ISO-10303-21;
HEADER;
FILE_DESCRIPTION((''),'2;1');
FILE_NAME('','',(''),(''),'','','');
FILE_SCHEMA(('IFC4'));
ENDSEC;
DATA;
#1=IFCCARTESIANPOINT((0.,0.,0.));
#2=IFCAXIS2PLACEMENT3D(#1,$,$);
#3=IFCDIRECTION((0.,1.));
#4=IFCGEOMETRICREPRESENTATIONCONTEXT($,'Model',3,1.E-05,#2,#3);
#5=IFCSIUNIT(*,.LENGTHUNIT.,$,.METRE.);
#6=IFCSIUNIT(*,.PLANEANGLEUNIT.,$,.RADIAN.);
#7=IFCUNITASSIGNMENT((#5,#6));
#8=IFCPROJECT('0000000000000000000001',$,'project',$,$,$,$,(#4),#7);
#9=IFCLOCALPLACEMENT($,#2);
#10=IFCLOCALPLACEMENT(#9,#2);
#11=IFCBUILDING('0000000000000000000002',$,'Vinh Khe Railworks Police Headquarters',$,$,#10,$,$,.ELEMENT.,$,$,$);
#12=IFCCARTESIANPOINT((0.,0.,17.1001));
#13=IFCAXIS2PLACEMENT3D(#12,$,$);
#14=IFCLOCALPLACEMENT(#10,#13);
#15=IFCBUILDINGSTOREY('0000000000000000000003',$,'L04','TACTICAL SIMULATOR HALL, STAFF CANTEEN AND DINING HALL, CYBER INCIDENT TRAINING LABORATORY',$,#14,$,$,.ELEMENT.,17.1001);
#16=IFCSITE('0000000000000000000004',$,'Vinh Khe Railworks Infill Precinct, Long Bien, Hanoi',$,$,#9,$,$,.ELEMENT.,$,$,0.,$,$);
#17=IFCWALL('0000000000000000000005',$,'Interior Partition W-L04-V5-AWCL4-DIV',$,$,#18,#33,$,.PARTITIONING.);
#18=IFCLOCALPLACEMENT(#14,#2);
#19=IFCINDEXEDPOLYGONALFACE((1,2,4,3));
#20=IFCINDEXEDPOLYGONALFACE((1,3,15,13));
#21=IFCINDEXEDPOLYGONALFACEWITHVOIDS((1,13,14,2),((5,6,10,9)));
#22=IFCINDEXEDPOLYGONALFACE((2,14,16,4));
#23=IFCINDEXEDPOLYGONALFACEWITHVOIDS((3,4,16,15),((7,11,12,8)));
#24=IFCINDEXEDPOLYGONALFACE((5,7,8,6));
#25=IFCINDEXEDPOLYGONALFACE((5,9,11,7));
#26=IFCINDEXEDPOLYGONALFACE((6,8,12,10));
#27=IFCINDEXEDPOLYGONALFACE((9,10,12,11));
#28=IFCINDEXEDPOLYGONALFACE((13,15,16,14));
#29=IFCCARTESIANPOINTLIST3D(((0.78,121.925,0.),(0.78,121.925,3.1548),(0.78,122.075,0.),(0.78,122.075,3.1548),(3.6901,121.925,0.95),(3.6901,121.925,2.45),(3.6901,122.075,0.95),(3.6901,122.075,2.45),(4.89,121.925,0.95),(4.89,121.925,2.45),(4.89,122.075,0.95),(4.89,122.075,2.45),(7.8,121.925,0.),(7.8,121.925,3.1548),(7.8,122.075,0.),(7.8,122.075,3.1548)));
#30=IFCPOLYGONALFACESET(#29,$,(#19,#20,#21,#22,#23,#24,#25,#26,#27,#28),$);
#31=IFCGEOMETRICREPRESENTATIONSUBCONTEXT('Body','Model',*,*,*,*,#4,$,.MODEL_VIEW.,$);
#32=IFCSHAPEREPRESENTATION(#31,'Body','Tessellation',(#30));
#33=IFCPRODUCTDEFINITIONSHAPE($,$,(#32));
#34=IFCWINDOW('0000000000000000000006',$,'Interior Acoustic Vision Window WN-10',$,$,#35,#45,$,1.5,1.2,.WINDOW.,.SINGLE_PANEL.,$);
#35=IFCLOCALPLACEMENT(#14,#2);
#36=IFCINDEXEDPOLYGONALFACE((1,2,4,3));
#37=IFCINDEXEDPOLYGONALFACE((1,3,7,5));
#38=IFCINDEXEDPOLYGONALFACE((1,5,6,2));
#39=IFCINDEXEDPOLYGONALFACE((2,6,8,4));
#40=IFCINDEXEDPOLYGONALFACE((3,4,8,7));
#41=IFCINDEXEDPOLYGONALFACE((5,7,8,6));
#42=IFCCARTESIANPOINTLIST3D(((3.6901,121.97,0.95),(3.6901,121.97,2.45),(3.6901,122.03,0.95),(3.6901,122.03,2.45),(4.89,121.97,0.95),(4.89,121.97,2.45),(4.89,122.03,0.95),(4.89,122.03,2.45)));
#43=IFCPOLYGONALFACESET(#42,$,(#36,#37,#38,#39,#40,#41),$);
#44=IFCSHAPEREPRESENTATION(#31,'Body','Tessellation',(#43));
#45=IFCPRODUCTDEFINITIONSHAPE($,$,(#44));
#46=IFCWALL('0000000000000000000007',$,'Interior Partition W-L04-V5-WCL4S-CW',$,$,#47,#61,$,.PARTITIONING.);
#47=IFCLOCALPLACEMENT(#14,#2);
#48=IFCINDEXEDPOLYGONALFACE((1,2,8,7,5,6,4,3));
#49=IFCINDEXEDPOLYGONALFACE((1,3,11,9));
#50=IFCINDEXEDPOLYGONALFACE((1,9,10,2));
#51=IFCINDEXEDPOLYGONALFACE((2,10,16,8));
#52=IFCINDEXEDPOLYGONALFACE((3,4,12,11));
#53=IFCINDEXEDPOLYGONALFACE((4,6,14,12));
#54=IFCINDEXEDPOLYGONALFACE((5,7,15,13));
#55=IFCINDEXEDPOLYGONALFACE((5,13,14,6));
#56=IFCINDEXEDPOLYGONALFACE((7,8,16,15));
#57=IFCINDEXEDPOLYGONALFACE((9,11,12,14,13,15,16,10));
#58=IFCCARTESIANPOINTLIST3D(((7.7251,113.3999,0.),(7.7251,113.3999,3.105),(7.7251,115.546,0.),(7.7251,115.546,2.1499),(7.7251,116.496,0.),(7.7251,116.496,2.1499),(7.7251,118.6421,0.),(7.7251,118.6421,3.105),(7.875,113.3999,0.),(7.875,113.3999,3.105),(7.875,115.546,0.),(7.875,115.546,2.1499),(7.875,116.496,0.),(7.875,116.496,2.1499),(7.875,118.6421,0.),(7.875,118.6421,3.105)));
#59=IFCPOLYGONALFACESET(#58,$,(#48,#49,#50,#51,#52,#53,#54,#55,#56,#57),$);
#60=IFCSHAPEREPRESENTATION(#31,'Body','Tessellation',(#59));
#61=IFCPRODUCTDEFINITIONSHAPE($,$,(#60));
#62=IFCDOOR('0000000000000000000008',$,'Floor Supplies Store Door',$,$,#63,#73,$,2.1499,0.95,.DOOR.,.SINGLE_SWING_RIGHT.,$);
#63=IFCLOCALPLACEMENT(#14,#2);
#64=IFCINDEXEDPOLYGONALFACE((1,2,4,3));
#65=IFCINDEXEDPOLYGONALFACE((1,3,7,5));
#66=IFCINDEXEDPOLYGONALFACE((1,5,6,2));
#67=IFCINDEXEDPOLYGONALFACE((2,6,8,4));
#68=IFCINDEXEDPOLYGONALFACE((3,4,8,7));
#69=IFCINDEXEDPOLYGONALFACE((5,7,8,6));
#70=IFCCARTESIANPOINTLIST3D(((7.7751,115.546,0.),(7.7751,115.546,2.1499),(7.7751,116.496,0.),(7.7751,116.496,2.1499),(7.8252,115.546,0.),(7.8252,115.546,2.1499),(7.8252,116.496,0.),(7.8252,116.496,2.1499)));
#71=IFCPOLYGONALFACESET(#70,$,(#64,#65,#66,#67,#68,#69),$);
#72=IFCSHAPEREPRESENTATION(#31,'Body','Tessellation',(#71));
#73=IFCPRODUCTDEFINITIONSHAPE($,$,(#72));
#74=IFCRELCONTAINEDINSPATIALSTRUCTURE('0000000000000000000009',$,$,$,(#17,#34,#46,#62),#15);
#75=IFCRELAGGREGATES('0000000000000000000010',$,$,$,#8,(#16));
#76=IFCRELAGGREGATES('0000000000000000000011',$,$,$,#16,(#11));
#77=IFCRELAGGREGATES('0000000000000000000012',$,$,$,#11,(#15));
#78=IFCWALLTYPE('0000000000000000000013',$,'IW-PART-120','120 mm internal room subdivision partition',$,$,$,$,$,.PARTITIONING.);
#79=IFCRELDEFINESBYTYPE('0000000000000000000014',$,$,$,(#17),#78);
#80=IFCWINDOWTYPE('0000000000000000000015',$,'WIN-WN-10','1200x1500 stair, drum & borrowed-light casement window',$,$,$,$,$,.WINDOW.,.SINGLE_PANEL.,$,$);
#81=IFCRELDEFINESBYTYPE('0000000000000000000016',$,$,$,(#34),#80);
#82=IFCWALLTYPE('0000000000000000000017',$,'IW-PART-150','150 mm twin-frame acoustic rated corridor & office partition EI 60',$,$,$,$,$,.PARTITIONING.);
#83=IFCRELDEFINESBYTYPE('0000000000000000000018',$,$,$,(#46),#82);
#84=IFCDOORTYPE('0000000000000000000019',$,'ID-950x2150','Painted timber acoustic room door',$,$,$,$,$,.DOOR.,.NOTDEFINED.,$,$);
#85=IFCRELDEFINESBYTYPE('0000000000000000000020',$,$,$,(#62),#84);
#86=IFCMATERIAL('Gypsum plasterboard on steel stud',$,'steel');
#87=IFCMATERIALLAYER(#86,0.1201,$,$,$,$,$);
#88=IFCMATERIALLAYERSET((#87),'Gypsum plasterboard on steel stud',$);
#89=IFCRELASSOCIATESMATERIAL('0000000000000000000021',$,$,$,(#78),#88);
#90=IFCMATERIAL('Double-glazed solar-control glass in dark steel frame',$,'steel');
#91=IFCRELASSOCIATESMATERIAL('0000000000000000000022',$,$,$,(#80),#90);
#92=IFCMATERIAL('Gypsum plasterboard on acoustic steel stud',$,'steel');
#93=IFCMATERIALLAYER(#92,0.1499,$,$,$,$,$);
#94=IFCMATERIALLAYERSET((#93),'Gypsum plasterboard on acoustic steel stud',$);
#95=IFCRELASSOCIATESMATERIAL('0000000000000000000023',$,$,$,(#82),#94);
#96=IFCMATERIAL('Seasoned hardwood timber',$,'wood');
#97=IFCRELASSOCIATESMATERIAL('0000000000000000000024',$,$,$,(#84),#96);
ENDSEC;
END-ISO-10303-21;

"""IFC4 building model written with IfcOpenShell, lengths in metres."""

from ifc_helpers import new_model, si_unit, direction, frame, frame_2d, origin, place, context, subcontext, project, spatial, rectangle, extrude, material, layer, layer_set, type_object, element, fill, save


model = new_model("IFC4")

# Units and contexts
model_context = context("Model", 3, precision=1e-05, world=origin(), true_north=direction((0.0, 1.0)))
body_context = subcontext(model_context, "Body", "Model", "MODEL_VIEW")
ifc_project = project(units=[si_unit("LENGTHUNIT", "METRE"), si_unit("PLANEANGLEUNIT", "RADIAN")], contexts=[model_context])

# Site, building, storey
site_placement = place(None, origin())
site = spatial("IfcSite", under=ifc_project, at=site_placement, Name="Vinh Khe Railworks Infill Precinct, Long Bien, Hanoi", CompositionType="ELEMENT", RefElevation=0.0)
building_placement = place(site_placement, origin())
building = spatial("IfcBuilding", under=site, at=building_placement, Name="Vinh Khe Railworks Police Headquarters", CompositionType="ELEMENT")
storey_placement = place(building_placement, frame((0.0, 0.0, 17.1001)))
storey = spatial("IfcBuildingStorey", under=building, at=storey_placement, Name="L04", Description="TACTICAL SIMULATOR HALL, STAFF CANTEEN AND DINING HALL, CYBER INCIDENT TRAINING LABORATORY", CompositionType="ELEMENT", Elevation=17.1001)

# Shared definitions
ifc_material_1 = material(Name="Double-glazed solar-control glass in dark steel frame", Category="steel")

# Wall, opening, window
ifc_material_2 = material(Name="Gypsum plasterboard on steel stud", Category="steel")
ifc_layer_1 = layer(ifc_material_2, 0.1201)
ifc_layer_set_1 = layer_set([ifc_layer_1], Name="Gypsum plasterboard on steel stud")
wall_type_1 = type_object("IfcWallType", Name="IW-PART-120", Description="120 mm internal room subdivision partition", PredefinedType="PARTITIONING", material=ifc_layer_set_1)
window_type_1 = type_object("IfcWindowType", Name="WIN-WN-10", Description="1200x1500 stair, drum & borrowed-light casement window", PartitioningType="SINGLE_PANEL", PredefinedType="WINDOW", material=ifc_material_1)
wall_1_placement = place(storey_placement, frame((0.78, 122.0, 0.0), z_axis=(0.0, 0.0, 1.0), x_axis=(1.0, 0.0, 0.0)))
wall_1 = element("IfcWall", 1, at=wall_1_placement, inside=storey, type_object=wall_type_1, Name="Interior Partition W-L04-V5-AWCL4-DIV", PredefinedType="PARTITIONING", context=body_context, shape_type="SweptSolid", body=[
    extrude(rectangle(XDim=7.02, YDim=0.1499, at=frame_2d((3.51, 0.0))), origin(), (0.0, 0.0, 1.0), 3.1548),
])
opening_1_placement = place(wall_1_placement, frame((2.9099, 0.0, 0.95)))
opening_1 = element("IfcOpeningElement", 2, at=opening_1_placement, cuts=wall_1, PredefinedType="OPENING", context=body_context, shape_type="SweptSolid", body=[
    extrude(rectangle(XDim=1.2, YDim=1.5, at=frame_2d((0.6001, 0.75))), frame((0.0, 0.0898, 0.0), z_axis=(0.0, -1.0, 0.0), x_axis=(1.0, 0.0, 0.0)), (0.0, 0.0, 1.0), 0.1797),
])
window_1_placement = place(opening_1_placement, origin())
window_1 = element("IfcWindow", 3, at=window_1_placement, inside=storey, type_object=window_type_1, Name="Interior Acoustic Vision Window WN-10", OverallHeight=1.5, OverallWidth=1.2, PartitioningType="SINGLE_PANEL", PredefinedType="WINDOW", context=body_context, shape_type="SweptSolid", body=[
    extrude(rectangle(XDim=1.2, YDim=1.5, at=frame_2d((0.6001, 0.75))), frame((0.0, 0.03, 0.0), z_axis=(0.0, -1.0, 0.0), x_axis=(1.0, 0.0, 0.0)), (0.0, 0.0, 1.0), 0.0601),
])
fill(opening_1, window_1)

# Wall, opening, door
ifc_material_3 = material(Name="Gypsum plasterboard on acoustic steel stud", Category="steel")
ifc_layer_2 = layer(ifc_material_3, 0.1499)
ifc_layer_set_2 = layer_set([ifc_layer_2], Name="Gypsum plasterboard on acoustic steel stud")
wall_type_2 = type_object("IfcWallType", Name="IW-PART-150", Description="150 mm twin-frame acoustic rated corridor & office partition EI 60", PredefinedType="PARTITIONING", material=ifc_layer_set_2)
wall_2_placement = place(storey_placement, frame((7.8, 113.3999, 0.0), z_axis=(0.0, 0.0, 1.0), x_axis=(0.0, 1.0, 0.0)))
wall_2 = element("IfcWall", 4, at=wall_2_placement, inside=storey, type_object=wall_type_2, Name="Interior Partition W-L04-V5-WCL4S-CW", PredefinedType="PARTITIONING", context=body_context, shape_type="SweptSolid", body=[
    extrude(rectangle(XDim=5.2422, YDim=0.1499, at=frame_2d((2.6211, 0.0))), origin(), (0.0, 0.0, 1.0), 3.105),
])
opening_2_placement = place(wall_2_placement, frame((2.146, 0.0, 0.0)))
opening_2 = element("IfcOpeningElement", 5, at=opening_2_placement, cuts=wall_2, PredefinedType="OPENING", context=body_context, shape_type="SweptSolid", body=[
    extrude(rectangle(XDim=0.95, YDim=2.1499, at=frame_2d((0.4751, 1.075))), frame((0.0, 0.0898, 0.0), z_axis=(0.0, -1.0, 0.0), x_axis=(1.0, 0.0, 0.0)), (0.0, 0.0, 1.0), 0.1797),
])
ifc_material_4 = material(Name="Seasoned hardwood timber", Category="wood")
door_type = type_object("IfcDoorType", Name="ID-950x2150", Description="Painted timber acoustic room door", OperationType="NOTDEFINED", PredefinedType="DOOR", material=ifc_material_4)
door_placement = place(opening_2_placement, origin())
door = element("IfcDoor", 6, at=door_placement, inside=storey, type_object=door_type, Name="Floor Supplies Store Door", OperationType="SINGLE_SWING_RIGHT", OverallHeight=2.1499, OverallWidth=0.95, PredefinedType="DOOR", context=body_context, shape_type="SweptSolid", body=[
    extrude(rectangle(XDim=0.95, YDim=2.1499, at=frame_2d((0.4751, 1.075))), frame((0.0, 0.0249, 0.0), z_axis=(0.0, -1.0, 0.0), x_axis=(1.0, 0.0, 0.0)), (0.0, 0.0, 1.0), 0.05),
])
fill(opening_2, door)

save(model, "model.ifc")
